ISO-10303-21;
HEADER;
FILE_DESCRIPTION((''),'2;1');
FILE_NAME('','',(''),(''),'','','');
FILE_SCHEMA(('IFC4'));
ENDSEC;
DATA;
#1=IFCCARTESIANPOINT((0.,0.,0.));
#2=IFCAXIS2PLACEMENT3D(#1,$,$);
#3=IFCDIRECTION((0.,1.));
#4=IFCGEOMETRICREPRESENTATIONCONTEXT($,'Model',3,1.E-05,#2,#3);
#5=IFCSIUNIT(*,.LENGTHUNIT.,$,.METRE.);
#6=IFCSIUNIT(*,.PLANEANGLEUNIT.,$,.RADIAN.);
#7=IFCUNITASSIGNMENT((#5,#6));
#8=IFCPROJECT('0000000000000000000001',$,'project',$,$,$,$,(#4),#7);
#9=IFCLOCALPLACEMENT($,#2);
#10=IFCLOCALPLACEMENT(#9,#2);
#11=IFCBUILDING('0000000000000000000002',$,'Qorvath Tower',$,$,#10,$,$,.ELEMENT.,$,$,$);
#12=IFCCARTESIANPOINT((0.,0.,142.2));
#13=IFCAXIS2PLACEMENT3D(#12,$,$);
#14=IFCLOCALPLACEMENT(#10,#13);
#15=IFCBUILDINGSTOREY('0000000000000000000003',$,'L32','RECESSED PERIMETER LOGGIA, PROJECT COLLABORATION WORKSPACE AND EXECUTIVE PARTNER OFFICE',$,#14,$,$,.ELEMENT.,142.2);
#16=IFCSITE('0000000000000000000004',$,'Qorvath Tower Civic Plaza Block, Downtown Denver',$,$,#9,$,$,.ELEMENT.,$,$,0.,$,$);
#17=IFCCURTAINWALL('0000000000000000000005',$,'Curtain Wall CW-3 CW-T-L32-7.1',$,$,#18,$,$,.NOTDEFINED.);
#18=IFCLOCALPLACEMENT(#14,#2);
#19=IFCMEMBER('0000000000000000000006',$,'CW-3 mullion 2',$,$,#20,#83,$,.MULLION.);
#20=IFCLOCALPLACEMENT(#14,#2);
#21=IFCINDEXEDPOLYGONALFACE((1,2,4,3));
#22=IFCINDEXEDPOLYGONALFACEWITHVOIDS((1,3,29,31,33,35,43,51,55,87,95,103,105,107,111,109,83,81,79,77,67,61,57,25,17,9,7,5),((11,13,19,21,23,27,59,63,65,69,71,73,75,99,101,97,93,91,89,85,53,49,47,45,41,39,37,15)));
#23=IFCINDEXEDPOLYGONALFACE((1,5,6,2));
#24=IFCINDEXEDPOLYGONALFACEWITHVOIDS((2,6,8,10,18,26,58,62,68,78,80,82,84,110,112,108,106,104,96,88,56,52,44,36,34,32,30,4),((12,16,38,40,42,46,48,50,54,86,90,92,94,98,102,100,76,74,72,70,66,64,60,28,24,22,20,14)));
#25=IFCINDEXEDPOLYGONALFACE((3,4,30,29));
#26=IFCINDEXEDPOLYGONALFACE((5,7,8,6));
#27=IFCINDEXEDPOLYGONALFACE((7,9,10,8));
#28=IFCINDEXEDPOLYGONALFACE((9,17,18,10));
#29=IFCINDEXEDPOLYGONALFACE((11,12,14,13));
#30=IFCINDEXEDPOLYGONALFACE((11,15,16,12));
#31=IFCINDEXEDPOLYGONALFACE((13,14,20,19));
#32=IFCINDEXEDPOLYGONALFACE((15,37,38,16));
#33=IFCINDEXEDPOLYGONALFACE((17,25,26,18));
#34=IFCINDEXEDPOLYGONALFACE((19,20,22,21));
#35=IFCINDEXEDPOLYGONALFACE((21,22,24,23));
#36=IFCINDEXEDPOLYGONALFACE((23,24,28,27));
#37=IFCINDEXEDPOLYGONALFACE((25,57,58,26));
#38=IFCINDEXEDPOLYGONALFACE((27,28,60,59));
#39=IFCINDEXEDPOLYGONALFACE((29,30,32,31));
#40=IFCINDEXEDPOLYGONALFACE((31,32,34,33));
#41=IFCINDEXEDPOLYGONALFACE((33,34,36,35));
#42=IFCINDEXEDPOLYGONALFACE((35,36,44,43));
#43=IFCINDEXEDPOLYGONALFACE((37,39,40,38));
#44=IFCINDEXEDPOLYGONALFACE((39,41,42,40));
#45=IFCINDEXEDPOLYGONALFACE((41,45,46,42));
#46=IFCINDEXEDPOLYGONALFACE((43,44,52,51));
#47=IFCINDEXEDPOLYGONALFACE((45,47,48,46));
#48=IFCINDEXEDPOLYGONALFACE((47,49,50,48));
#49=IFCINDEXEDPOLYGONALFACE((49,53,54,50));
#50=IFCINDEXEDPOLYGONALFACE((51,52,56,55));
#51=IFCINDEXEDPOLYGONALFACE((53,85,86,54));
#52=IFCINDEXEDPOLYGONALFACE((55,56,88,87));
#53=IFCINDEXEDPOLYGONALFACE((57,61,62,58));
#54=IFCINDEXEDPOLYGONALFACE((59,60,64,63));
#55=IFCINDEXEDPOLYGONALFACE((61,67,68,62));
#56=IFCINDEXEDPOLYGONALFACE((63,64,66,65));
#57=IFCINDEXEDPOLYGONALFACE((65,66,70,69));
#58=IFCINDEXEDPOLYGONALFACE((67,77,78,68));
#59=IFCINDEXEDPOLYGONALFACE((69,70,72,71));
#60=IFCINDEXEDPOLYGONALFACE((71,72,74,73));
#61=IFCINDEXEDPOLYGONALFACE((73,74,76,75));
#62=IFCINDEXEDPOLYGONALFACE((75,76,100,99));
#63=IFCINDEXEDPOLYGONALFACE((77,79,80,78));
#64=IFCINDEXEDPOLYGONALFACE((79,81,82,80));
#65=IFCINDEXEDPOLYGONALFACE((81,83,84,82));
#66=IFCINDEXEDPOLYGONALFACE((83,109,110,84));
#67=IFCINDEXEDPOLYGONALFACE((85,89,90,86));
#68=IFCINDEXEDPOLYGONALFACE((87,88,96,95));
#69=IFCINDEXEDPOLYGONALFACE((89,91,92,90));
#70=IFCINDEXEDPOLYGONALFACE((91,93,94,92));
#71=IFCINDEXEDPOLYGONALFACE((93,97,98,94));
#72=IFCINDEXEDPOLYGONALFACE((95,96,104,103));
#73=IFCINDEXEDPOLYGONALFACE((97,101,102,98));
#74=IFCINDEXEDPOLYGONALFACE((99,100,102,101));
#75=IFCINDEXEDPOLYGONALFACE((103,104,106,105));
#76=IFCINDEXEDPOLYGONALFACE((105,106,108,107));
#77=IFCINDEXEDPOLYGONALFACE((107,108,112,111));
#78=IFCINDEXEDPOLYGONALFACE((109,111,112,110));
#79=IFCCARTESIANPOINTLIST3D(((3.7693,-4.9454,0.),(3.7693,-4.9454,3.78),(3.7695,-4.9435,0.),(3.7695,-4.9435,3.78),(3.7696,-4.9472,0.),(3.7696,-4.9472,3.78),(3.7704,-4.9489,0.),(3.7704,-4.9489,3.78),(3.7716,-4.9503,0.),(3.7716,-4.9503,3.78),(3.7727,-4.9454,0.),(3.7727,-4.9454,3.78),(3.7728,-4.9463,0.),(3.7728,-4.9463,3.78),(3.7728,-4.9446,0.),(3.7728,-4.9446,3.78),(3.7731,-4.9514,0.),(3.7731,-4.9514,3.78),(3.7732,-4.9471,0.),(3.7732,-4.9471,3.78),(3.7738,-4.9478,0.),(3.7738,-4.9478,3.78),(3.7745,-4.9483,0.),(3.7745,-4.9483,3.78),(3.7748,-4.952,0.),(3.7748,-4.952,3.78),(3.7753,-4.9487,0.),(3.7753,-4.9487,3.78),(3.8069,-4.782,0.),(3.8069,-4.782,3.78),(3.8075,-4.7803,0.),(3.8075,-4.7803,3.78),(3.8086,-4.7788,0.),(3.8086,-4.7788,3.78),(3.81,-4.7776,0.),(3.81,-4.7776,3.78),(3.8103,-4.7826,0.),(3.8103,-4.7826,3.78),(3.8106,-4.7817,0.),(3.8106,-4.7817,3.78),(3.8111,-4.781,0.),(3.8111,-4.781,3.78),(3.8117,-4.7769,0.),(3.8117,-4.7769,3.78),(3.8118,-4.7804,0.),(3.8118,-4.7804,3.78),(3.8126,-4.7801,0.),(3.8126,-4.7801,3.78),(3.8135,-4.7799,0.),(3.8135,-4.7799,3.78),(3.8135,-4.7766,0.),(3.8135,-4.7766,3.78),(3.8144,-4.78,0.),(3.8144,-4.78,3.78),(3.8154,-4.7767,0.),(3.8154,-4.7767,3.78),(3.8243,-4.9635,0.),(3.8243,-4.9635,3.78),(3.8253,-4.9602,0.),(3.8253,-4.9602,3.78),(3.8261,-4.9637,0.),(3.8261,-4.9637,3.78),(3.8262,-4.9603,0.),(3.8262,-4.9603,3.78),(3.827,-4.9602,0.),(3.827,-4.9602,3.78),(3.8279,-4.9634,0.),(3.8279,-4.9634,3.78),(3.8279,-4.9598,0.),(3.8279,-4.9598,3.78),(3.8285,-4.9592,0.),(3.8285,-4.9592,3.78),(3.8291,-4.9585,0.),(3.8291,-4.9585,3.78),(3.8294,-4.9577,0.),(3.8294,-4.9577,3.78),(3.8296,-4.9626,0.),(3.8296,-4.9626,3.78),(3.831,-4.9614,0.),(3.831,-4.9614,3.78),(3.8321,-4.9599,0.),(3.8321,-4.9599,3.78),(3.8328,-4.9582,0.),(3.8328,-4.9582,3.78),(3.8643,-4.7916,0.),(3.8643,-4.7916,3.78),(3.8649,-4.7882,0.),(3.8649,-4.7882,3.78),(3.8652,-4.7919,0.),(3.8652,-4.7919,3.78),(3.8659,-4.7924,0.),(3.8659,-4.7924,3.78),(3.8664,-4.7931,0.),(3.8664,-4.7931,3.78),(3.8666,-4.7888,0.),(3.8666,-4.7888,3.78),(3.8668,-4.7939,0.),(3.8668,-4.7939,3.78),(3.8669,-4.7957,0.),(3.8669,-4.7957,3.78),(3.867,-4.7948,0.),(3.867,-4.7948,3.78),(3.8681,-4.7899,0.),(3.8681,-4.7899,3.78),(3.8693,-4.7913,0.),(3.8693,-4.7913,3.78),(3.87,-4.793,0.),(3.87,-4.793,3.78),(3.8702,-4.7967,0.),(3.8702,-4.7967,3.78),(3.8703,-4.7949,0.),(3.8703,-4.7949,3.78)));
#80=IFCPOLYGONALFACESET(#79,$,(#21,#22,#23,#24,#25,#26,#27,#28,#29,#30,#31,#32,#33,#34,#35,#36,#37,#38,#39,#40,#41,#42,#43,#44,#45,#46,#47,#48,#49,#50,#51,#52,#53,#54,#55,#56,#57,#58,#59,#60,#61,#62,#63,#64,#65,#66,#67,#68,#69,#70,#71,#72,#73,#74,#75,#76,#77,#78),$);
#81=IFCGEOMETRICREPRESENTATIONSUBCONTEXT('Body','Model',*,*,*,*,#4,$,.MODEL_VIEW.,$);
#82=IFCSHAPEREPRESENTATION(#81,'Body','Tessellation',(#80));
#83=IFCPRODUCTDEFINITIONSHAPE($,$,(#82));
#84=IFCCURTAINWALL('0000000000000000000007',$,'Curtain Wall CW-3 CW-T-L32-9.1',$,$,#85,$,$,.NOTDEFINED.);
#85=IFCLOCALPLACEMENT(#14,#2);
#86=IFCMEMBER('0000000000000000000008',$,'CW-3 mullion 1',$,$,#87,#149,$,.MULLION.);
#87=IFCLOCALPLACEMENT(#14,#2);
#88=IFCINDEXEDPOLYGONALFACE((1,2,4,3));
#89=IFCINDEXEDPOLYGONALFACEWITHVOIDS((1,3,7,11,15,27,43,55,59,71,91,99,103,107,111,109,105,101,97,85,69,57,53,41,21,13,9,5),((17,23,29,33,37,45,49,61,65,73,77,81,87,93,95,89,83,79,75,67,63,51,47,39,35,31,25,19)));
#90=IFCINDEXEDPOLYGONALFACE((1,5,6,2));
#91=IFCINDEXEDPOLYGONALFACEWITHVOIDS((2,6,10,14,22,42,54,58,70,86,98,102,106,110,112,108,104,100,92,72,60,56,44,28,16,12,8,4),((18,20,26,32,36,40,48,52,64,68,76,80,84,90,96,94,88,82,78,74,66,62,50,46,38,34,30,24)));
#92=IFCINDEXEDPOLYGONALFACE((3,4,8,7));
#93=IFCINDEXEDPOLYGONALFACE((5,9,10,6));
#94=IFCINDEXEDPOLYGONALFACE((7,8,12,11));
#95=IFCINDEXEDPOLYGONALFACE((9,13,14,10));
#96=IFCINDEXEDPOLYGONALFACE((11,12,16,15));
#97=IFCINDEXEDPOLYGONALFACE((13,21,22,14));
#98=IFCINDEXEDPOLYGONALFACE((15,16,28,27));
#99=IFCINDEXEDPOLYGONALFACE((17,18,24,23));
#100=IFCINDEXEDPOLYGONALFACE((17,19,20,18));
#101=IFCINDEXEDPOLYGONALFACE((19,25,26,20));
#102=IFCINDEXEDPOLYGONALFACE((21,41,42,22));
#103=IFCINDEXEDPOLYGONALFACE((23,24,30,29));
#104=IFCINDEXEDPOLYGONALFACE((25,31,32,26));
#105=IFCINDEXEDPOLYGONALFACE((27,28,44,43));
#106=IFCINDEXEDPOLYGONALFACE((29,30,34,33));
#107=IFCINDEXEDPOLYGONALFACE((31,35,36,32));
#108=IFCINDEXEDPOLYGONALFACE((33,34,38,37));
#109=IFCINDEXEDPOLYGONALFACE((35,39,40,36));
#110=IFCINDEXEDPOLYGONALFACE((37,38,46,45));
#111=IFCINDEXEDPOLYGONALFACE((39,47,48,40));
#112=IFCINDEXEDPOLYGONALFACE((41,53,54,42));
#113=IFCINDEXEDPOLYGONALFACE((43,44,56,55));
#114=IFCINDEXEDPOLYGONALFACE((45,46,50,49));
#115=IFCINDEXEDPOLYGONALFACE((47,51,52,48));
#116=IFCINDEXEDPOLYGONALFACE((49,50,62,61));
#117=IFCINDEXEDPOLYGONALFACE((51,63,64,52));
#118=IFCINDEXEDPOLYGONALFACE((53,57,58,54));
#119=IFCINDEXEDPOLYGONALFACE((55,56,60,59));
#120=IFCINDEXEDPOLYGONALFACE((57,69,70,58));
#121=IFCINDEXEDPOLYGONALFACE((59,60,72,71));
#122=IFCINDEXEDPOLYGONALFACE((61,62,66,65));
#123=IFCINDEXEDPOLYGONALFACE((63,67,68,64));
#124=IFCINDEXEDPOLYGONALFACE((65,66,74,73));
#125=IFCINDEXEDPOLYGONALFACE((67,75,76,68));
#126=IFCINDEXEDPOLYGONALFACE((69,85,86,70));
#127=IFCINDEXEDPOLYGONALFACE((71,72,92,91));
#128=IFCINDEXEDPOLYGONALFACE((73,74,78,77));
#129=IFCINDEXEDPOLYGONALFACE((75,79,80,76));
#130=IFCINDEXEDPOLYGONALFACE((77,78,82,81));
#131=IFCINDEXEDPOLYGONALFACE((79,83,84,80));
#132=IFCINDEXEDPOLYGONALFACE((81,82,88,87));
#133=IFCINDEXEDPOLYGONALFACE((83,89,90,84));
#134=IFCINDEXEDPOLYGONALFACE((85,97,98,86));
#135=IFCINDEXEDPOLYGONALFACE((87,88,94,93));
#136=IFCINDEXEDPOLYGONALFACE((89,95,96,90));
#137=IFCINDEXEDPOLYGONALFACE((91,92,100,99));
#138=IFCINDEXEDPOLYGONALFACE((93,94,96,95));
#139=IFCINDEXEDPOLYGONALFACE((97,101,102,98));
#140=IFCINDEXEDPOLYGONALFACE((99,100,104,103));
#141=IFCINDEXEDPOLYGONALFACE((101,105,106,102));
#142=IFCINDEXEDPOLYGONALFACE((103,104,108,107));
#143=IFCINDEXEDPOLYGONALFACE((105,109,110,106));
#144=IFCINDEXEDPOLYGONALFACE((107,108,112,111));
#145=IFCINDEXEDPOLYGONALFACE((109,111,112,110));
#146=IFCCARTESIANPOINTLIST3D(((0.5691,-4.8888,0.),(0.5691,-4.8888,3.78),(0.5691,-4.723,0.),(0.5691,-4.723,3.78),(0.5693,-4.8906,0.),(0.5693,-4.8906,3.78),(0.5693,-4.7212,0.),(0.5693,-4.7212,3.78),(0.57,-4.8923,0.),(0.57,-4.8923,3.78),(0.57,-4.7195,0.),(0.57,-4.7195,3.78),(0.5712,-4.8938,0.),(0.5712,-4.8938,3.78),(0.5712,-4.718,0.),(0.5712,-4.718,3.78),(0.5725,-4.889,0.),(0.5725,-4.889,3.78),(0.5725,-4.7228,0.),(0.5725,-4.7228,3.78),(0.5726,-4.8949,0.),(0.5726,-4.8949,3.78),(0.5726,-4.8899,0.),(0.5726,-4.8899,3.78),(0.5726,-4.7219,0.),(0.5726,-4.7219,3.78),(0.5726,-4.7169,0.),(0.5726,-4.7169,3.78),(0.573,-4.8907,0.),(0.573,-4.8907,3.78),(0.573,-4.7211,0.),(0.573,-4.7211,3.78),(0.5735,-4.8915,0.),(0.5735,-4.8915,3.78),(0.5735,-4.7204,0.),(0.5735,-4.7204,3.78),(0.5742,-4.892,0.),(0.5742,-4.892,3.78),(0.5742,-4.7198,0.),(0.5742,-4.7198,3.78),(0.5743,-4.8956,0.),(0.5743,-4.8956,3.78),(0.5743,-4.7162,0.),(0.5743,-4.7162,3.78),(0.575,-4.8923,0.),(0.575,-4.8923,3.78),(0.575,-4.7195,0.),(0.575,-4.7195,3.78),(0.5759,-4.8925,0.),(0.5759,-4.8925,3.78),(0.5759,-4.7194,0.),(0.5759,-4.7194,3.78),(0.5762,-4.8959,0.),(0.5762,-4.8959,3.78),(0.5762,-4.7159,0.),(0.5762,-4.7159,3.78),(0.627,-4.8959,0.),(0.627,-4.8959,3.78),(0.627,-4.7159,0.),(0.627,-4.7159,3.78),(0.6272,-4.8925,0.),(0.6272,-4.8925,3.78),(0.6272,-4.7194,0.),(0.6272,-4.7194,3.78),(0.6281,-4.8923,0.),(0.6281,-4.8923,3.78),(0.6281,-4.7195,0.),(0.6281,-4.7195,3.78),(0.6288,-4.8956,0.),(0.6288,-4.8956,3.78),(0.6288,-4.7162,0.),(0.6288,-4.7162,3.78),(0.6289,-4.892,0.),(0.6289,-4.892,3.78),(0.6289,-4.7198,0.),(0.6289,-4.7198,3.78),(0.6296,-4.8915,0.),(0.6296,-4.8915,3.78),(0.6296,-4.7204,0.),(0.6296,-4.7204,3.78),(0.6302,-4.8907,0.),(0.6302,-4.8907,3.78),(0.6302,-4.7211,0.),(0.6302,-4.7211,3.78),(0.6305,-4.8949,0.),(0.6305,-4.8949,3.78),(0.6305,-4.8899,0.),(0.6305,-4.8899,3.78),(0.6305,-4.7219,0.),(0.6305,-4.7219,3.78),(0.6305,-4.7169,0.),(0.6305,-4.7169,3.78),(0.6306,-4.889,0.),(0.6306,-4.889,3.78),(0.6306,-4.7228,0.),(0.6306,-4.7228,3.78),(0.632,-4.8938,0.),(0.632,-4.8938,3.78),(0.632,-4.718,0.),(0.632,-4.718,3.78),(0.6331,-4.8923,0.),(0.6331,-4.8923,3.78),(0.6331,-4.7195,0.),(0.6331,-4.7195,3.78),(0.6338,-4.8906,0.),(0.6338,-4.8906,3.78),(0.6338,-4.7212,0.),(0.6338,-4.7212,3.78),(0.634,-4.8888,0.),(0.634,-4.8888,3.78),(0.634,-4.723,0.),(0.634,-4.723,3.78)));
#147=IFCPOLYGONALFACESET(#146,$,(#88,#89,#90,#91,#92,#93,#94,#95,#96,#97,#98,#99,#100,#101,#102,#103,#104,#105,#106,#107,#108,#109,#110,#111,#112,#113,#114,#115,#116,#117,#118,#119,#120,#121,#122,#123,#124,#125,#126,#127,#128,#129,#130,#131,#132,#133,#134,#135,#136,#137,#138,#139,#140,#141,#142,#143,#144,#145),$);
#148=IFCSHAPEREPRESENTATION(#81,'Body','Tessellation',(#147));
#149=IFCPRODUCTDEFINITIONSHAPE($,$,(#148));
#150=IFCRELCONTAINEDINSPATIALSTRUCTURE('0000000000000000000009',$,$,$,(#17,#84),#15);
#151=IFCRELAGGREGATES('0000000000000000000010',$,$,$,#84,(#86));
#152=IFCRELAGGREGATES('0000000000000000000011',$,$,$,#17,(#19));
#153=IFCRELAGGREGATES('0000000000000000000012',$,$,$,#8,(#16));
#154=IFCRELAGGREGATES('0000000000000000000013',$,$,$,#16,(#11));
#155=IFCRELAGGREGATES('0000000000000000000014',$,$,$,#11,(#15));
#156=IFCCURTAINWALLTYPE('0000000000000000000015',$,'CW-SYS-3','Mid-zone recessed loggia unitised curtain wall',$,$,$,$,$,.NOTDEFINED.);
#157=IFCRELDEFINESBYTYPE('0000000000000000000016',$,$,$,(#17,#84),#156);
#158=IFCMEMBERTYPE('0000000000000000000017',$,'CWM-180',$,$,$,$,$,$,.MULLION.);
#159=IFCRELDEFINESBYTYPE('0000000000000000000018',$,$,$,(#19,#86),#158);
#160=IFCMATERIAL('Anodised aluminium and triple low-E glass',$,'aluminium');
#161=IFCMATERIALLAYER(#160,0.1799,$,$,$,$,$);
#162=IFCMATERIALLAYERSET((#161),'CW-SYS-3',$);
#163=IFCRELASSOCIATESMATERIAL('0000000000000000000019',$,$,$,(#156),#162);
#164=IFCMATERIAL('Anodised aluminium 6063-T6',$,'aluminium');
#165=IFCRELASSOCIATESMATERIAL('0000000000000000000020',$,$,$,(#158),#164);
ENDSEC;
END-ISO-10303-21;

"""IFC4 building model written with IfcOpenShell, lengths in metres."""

from ifc_helpers import new_model, si_unit, direction, frame, origin, origin_2d, place, context, subcontext, project, spatial, hollow_rectangle, extrude, material, layer, layer_set, material_profile, profile_set, type_object, element, aggregate, save


model = new_model("IFC4")

# Units and contexts
model_context = context("Model", 3, precision=1e-05, world=origin(), true_north=direction((0.0, 1.0)))
body_context = subcontext(model_context, "Body", "Model", "MODEL_VIEW")
ifc_project = project(units=[si_unit("LENGTHUNIT", "METRE"), si_unit("PLANEANGLEUNIT", "RADIAN")], contexts=[model_context])

# Site, building, storey
site_placement = place(None, origin())
site = spatial("IfcSite", under=ifc_project, at=site_placement, Name="Qorvath Tower Civic Plaza Block, Downtown Denver", CompositionType="ELEMENT", RefElevation=0.0)
building_placement = place(site_placement, origin())
building = spatial("IfcBuilding", under=site, at=building_placement, Name="Qorvath Tower", CompositionType="ELEMENT")
storey_placement = place(building_placement, frame((0.0, 0.0, 142.2)))
storey = spatial("IfcBuildingStorey", under=building, at=storey_placement, Name="L32", Description="RECESSED PERIMETER LOGGIA, PROJECT COLLABORATION WORKSPACE AND EXECUTIVE PARTNER OFFICE", CompositionType="ELEMENT", Elevation=142.2)

# Curtain wall, member
ifc_material_1 = material(Name="Anodised aluminium and triple low-E glass", Category="aluminium")
ifc_layer_1 = layer(ifc_material_1, 0.1799)
ifc_layer_set_1 = layer_set([ifc_layer_1], Name="CW-SYS-3")
curtain_wall_type = type_object("IfcCurtainWallType", Name="CW-SYS-3", Description="Mid-zone recessed loggia unitised curtain wall", PredefinedType="NOTDEFINED", material=ifc_layer_set_1)
ifc_material_2 = material(Name="Anodised aluminium 6063-T6", Category="aluminium")
ifc_material_profile_1 = material_profile(ifc_material_2, hollow_rectangle(XDim=0.0649, YDim=0.1799, WallThickness=0.0034, InnerFilletRadius=0.0034, OuterFilletRadius=0.0071, at=origin_2d()), Name="CWM 180x65")
ifc_profile_set_1 = profile_set([ifc_material_profile_1], Name="Anodised aluminium 6063-T6")
member_type_1 = type_object("IfcMemberType", Name="CWM-180", PredefinedType="MULLION", material=ifc_profile_set_1)
curtain_wall_1_placement = place(storey_placement, origin())
curtain_wall_1 = element("IfcCurtainWall", 1, at=curtain_wall_1_placement, inside=storey, type_object=curtain_wall_type, Name="Curtain Wall CW-3 CW-T-L32-7.1", PredefinedType="NOTDEFINED")
member_1_placement = place(storey_placement, frame((3.8198, -4.8701, 0.0), z_axis=(0.0, 0.0, 1.0), x_axis=(-0.974237, 0.225526, 0.0)))
member_1 = element("IfcMember", 2, at=member_1_placement, type_object=member_type_1, Name="CW-3 mullion 2", PredefinedType="MULLION", context=body_context, shape_type="SweptSolid", body=[
    extrude(hollow_rectangle(XDim=0.0649, YDim=0.1799, WallThickness=0.0034, InnerFilletRadius=0.0034, OuterFilletRadius=0.0071, at=origin_2d()), origin(), (0.0, 0.0, 1.0), 3.78),
])

# Curtain wall, member
curtain_wall_2_placement = place(storey_placement, origin())
curtain_wall_2 = element("IfcCurtainWall", 3, at=curtain_wall_2_placement, inside=storey, type_object=curtain_wall_type, Name="Curtain Wall CW-3 CW-T-L32-9.1", PredefinedType="NOTDEFINED")
member_2_placement = place(storey_placement, frame((0.6016, -4.8059, 0.0), z_axis=(0.0, 0.0, 1.0), x_axis=(-1.0, 0.0, 0.0)))
member_2 = element("IfcMember", 4, at=member_2_placement, type_object=member_type_1, Name="CW-3 mullion 1", PredefinedType="MULLION", context=body_context, shape_type="SweptSolid", body=[
    extrude(hollow_rectangle(XDim=0.0649, YDim=0.1799, WallThickness=0.0034, InnerFilletRadius=0.0034, OuterFilletRadius=0.0071, at=origin_2d()), origin(), (0.0, 0.0, 1.0), 3.78),
])

aggregate(curtain_wall_2, [member_2])

aggregate(curtain_wall_1, [member_1])

save(model, "model.ifc")
